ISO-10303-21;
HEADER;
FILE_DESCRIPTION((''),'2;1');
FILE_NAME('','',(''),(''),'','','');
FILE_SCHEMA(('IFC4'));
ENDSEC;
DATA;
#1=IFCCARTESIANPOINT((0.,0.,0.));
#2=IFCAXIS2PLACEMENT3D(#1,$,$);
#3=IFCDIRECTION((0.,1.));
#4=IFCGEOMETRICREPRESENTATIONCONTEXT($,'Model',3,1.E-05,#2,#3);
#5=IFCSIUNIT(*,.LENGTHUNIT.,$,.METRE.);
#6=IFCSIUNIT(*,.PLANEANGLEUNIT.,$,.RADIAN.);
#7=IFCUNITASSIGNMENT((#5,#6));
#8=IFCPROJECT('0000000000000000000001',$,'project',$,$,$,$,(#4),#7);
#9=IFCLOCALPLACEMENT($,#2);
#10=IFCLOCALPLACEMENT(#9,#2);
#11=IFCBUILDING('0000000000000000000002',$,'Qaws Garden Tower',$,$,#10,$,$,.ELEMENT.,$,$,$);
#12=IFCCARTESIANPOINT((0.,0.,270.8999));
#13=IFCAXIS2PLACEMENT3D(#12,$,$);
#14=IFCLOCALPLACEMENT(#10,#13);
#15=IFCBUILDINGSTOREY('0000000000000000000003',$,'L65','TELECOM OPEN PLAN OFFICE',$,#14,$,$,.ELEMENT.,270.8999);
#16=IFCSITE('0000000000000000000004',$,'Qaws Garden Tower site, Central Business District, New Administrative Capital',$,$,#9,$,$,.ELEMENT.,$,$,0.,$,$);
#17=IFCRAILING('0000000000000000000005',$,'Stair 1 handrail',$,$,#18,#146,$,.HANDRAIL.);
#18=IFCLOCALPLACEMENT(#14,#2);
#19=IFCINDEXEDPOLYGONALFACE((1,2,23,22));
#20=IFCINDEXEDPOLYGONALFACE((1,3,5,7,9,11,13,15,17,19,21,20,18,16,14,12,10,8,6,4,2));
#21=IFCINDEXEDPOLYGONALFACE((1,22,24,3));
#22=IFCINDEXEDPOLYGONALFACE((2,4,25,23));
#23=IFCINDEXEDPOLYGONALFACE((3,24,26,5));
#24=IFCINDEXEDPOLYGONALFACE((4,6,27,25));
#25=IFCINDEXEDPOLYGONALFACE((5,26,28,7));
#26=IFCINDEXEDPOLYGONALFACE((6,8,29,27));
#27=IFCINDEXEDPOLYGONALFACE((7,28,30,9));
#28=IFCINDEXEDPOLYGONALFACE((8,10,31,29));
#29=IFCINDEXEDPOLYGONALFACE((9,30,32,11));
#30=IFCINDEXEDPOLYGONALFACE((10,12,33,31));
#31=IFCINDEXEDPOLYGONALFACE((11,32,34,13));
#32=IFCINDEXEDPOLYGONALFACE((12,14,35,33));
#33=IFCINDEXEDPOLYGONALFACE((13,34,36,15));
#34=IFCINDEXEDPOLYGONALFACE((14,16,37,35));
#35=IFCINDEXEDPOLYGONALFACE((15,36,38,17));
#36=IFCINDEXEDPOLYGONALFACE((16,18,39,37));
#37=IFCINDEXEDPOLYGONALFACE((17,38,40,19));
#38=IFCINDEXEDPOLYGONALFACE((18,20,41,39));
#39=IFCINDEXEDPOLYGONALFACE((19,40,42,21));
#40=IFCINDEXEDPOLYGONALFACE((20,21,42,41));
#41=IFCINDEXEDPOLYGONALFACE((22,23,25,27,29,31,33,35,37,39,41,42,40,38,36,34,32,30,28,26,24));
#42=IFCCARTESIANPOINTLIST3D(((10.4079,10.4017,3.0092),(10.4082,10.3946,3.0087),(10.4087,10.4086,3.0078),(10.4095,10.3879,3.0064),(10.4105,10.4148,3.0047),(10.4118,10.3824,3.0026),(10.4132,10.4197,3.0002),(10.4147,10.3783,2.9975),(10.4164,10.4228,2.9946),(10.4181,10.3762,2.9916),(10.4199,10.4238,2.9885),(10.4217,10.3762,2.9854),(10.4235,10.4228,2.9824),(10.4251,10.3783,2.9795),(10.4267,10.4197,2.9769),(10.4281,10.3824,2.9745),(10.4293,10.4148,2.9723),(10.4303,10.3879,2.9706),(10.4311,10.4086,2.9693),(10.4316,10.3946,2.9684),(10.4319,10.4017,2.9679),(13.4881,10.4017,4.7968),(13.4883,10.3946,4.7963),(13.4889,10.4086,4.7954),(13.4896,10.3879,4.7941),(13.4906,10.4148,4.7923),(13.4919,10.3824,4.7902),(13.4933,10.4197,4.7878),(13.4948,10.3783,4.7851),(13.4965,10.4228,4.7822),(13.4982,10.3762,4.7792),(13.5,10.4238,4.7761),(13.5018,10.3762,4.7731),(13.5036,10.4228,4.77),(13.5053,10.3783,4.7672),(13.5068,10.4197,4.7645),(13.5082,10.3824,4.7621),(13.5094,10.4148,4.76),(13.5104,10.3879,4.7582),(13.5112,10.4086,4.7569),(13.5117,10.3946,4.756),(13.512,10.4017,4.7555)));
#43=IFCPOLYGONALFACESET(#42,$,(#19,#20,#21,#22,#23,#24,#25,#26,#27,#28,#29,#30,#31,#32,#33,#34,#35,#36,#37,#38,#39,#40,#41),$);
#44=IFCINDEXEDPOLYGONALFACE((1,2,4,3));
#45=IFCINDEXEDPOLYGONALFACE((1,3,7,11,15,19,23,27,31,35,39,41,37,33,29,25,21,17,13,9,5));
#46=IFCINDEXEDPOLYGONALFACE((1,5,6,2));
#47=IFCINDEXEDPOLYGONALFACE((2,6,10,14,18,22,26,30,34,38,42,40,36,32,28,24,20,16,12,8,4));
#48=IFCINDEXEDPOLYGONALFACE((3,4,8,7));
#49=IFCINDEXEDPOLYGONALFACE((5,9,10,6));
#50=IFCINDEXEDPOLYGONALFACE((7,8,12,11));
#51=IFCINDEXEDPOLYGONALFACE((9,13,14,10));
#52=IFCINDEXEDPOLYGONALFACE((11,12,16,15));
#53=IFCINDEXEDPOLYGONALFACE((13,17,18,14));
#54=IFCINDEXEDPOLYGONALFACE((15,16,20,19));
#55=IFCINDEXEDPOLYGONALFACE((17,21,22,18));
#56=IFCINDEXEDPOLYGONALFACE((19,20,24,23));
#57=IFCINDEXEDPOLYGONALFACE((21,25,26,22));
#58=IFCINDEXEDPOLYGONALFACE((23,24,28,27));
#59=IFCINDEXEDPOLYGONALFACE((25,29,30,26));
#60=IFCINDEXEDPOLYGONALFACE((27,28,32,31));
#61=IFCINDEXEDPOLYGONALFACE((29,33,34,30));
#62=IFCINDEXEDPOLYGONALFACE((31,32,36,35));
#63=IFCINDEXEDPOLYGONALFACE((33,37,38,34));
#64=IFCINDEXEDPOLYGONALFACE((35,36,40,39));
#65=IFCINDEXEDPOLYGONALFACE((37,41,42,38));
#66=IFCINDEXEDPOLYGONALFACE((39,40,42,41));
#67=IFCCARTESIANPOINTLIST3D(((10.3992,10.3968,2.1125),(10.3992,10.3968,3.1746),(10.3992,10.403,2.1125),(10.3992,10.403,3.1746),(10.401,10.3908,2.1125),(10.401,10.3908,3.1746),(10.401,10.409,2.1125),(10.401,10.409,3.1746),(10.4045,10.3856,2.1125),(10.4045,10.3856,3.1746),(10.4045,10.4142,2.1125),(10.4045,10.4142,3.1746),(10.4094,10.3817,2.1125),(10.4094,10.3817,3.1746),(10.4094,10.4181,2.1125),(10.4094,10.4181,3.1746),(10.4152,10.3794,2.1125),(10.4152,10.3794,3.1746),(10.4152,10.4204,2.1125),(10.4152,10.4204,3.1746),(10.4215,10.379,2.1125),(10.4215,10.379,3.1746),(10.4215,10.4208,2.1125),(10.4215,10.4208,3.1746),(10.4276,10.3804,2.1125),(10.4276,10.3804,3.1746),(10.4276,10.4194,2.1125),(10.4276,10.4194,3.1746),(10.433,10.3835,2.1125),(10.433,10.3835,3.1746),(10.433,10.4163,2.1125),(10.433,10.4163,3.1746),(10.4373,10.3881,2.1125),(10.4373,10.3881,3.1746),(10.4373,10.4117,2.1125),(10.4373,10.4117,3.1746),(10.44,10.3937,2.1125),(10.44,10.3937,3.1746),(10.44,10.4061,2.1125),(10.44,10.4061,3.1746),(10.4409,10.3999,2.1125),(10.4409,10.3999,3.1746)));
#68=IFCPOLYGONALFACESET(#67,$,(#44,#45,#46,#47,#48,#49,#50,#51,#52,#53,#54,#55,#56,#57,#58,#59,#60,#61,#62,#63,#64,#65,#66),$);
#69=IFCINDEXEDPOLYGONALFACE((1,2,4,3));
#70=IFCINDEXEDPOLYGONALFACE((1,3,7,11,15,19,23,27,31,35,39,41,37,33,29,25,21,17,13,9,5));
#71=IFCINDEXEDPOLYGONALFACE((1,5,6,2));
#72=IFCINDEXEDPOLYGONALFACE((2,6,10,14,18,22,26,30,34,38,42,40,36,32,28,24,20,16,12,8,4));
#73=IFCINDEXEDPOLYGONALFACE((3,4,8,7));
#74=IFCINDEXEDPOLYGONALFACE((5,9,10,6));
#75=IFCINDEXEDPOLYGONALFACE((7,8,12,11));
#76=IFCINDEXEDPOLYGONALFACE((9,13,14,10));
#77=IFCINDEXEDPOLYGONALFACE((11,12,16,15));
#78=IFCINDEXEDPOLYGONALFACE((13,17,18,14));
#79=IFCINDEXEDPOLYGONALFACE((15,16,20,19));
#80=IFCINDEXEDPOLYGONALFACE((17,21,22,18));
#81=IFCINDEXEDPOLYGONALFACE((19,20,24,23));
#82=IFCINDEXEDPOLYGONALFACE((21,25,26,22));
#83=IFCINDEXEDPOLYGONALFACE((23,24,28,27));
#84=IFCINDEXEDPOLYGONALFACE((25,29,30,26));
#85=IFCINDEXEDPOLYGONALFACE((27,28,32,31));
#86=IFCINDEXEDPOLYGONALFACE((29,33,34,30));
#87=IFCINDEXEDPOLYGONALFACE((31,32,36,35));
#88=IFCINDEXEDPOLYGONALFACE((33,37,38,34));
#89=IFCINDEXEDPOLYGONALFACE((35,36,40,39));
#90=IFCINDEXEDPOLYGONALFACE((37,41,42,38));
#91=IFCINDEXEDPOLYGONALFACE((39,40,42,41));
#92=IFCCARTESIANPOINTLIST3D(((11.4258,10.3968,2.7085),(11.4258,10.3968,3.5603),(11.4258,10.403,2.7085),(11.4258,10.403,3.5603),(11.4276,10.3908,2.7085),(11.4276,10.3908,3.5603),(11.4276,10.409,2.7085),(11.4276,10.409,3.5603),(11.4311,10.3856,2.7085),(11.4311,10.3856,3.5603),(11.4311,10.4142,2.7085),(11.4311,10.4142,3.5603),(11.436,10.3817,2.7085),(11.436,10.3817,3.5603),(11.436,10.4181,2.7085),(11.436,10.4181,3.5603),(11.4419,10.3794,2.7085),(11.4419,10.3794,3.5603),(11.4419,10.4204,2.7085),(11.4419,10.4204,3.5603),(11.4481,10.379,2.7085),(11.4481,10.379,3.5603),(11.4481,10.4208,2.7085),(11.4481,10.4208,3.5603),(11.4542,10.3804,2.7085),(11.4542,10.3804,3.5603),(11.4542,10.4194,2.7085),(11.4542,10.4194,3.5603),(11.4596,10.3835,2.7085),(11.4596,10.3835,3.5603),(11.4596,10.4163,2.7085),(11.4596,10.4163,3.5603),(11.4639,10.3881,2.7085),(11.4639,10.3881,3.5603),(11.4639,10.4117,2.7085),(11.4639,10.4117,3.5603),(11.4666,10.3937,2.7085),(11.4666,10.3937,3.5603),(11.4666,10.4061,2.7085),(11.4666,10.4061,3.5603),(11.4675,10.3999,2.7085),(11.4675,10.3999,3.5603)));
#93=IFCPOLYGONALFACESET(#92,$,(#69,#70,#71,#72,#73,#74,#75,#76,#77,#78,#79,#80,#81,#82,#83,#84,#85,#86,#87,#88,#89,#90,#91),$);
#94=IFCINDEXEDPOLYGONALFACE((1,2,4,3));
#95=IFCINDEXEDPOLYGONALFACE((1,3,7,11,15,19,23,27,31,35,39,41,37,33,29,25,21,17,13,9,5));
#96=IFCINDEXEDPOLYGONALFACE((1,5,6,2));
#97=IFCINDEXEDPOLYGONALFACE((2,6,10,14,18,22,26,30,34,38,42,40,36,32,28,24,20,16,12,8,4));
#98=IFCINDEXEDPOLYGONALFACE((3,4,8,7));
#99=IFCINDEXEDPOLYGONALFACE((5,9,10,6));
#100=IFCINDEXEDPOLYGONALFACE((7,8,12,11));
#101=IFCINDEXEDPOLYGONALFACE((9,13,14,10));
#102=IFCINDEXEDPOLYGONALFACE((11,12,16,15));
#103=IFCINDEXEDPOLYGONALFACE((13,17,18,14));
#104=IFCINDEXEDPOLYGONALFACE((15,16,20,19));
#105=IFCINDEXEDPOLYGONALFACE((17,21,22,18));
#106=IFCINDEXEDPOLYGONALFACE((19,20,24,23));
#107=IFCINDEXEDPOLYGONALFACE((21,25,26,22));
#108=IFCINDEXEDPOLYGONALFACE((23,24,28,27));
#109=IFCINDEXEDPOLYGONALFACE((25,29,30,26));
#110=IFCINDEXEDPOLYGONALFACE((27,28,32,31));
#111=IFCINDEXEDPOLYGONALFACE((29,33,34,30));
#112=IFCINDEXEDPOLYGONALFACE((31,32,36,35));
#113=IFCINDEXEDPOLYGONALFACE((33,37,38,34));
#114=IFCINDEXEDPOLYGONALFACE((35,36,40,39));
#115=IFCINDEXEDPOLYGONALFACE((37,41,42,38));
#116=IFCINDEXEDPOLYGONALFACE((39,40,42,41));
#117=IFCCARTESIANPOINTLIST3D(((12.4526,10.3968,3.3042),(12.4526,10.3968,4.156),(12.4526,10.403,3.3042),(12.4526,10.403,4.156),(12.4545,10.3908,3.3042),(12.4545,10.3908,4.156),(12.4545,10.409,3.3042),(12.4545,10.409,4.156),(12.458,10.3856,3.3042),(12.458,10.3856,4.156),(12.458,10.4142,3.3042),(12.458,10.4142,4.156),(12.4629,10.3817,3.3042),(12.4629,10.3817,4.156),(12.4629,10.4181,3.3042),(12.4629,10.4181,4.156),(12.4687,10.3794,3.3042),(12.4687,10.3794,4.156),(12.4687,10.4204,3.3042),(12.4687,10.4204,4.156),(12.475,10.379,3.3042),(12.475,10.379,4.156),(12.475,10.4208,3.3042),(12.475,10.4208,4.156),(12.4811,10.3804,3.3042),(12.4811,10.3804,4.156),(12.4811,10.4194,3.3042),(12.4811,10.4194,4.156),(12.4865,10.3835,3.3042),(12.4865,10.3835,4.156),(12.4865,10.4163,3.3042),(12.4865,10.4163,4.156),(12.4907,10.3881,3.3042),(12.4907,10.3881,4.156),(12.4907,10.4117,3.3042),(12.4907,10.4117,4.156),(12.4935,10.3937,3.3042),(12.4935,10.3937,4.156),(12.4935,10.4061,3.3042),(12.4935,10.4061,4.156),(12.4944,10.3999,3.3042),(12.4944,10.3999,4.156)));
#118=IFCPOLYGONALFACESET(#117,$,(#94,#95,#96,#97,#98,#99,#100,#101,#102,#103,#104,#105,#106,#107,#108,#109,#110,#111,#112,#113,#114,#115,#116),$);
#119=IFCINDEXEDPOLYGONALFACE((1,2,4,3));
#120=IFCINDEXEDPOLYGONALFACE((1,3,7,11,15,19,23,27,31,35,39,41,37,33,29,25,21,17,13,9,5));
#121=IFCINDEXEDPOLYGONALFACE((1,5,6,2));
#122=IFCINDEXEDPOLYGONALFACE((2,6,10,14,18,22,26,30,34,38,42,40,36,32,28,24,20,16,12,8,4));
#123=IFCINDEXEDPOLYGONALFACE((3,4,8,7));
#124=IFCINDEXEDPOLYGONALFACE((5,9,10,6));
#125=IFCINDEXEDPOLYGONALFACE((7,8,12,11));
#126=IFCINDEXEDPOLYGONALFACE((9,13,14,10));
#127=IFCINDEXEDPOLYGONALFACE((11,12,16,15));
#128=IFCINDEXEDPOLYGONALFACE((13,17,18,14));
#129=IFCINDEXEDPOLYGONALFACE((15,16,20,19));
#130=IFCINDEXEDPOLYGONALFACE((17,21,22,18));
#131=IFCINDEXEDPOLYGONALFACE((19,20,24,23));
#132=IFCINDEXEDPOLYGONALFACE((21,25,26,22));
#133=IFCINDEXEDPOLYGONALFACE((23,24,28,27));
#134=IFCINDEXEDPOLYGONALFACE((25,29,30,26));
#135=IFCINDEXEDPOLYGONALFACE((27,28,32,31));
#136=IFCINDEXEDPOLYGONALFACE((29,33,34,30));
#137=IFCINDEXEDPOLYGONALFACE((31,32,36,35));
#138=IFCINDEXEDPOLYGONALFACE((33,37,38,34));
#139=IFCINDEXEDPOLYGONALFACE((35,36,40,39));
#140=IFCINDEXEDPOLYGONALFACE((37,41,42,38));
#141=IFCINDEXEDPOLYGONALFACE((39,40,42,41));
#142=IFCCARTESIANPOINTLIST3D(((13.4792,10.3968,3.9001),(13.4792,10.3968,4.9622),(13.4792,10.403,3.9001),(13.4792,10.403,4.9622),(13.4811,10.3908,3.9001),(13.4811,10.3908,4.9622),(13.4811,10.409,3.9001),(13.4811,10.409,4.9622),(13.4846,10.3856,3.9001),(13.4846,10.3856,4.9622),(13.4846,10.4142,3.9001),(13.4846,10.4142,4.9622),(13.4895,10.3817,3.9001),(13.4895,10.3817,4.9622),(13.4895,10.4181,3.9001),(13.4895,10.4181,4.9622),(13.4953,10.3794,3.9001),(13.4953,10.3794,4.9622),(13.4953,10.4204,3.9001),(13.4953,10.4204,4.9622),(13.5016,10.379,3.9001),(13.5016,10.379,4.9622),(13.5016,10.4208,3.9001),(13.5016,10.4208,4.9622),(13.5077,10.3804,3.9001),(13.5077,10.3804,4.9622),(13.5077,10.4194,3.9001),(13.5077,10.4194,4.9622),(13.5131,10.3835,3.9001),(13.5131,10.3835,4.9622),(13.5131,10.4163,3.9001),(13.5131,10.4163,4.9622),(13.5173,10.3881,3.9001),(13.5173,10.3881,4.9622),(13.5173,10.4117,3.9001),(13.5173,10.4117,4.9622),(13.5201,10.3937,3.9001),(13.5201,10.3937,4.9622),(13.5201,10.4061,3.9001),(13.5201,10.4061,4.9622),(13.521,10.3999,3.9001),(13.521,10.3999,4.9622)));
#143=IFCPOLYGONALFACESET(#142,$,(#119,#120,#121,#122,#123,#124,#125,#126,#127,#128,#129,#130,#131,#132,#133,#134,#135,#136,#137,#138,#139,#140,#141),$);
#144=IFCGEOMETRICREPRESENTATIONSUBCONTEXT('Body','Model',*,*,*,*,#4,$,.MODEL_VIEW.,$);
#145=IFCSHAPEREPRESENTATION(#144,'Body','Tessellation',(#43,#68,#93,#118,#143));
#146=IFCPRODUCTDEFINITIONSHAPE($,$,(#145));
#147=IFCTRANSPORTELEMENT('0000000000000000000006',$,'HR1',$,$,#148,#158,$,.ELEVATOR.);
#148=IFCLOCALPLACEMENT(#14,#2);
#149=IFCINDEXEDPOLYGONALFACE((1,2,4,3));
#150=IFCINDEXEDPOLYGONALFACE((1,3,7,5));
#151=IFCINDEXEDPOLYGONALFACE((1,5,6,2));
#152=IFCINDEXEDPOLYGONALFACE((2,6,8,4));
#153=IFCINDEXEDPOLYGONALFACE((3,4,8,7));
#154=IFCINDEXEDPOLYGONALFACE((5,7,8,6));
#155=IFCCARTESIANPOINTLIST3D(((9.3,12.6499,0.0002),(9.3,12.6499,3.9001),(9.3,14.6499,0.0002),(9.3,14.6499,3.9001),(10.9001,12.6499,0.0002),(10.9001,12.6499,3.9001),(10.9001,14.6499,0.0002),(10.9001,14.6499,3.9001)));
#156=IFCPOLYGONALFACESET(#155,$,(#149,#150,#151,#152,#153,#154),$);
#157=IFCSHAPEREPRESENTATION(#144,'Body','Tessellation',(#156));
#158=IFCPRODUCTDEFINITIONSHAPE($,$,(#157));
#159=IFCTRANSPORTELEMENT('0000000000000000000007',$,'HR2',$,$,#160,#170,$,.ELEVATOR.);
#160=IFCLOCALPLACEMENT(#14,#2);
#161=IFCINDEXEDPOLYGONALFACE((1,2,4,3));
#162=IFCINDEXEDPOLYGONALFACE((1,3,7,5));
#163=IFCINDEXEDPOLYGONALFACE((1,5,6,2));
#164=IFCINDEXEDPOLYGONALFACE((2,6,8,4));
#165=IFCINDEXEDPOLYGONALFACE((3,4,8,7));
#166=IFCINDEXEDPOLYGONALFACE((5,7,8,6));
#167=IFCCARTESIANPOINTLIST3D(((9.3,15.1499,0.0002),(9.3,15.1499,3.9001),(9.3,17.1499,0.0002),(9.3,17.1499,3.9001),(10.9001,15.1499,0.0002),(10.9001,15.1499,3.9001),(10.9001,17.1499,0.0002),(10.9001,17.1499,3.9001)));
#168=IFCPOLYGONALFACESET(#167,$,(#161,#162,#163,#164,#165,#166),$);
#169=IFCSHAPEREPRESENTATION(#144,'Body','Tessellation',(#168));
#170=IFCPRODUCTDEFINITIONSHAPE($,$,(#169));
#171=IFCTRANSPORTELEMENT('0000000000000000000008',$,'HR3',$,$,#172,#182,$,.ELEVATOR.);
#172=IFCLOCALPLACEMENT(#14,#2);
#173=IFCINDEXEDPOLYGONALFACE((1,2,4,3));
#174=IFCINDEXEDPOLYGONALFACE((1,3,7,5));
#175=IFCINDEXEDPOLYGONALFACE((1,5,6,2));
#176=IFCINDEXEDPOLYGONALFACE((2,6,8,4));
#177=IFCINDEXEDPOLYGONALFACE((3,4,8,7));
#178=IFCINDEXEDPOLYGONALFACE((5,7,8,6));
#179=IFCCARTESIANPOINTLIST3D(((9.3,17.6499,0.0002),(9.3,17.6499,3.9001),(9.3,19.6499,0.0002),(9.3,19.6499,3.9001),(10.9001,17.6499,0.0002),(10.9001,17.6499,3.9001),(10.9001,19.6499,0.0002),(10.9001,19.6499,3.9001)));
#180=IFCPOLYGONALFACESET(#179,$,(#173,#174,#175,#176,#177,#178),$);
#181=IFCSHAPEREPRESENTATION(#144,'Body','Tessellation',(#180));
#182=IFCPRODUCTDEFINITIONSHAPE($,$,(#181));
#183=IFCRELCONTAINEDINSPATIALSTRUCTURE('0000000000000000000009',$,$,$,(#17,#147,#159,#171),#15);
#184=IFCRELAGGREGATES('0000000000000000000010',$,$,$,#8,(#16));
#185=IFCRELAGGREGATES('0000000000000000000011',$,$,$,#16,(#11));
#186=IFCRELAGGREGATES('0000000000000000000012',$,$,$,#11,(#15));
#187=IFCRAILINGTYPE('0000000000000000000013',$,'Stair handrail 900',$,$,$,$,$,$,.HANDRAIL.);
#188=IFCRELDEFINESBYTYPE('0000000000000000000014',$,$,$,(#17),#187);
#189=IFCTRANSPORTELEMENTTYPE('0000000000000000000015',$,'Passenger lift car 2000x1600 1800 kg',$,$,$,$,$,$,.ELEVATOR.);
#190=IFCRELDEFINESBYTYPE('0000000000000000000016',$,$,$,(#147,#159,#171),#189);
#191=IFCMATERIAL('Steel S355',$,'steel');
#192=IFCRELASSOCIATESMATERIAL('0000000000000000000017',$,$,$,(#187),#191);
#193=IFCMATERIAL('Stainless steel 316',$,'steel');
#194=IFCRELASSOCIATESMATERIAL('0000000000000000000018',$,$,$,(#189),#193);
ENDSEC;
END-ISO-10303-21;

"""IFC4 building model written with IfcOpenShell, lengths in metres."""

from ifc_helpers import new_model, si_unit, direction, frame, origin, origin_2d, place, context, subcontext, project, spatial, rectangle, circle, extrude, material, type_object, element, save


model = new_model("IFC4")

# Units and contexts
model_context = context("Model", 3, precision=1e-05, world=origin(), true_north=direction((0.0, 1.0)))
body_context = subcontext(model_context, "Body", "Model", "MODEL_VIEW")
ifc_project = project(units=[si_unit("LENGTHUNIT", "METRE"), si_unit("PLANEANGLEUNIT", "RADIAN")], contexts=[model_context])

# Site, building, storey
site_placement = place(None, origin())
site = spatial("IfcSite", under=ifc_project, at=site_placement, Name="Qaws Garden Tower site, Central Business District, New Administrative Capital", CompositionType="ELEMENT", RefElevation=0.0)
building_placement = place(site_placement, origin())
building = spatial("IfcBuilding", under=site, at=building_placement, Name="Qaws Garden Tower", CompositionType="ELEMENT")
storey_placement = place(building_placement, frame((0.0, 0.0, 270.8999)))
storey = spatial("IfcBuildingStorey", under=building, at=storey_placement, Name="L65", Description="TELECOM OPEN PLAN OFFICE", CompositionType="ELEMENT", Elevation=270.8999)

# Railing
ifc_material_1 = material(Name="Steel S355", Category="steel")
railing_type = type_object("IfcRailingType", Name="Stair handrail 900", PredefinedType="HANDRAIL", material=ifc_material_1)
railing_placement = place(storey_placement, frame((10.4199, 10.3999, 2.1125)))
element("IfcRailing", 1, at=railing_placement, inside=storey, type_object=railing_type, Name="Stair 1 handrail", PredefinedType="HANDRAIL", context=body_context, shape_type="SweptSolid", body=[
    extrude(circle(Radius=0.0239, at=origin_2d()), frame((0.0, 0.0, 0.876), z_axis=(0.864891, 0.0, 0.50196), x_axis=(0.0, 1.0, 0.0)), (0.0, 0.0, 1.0), 3.5613),
    extrude(circle(Radius=0.021, at=origin_2d()), origin(), (0.0, 0.0, 1.0), 1.062),
    extrude(circle(Radius=0.021, at=origin_2d()), frame((1.0266, 0.0, 0.5959)), (0.0, 0.0, 1.0), 0.8518),
    extrude(circle(Radius=0.021, at=origin_2d()), frame((2.0535, 0.0, 1.1917)), (0.0, 0.0, 1.0), 0.8518),
    extrude(circle(Radius=0.021, at=origin_2d()), frame((3.0801, 0.0, 1.7876)), (0.0, 0.0, 1.0), 1.062),
])

# Transport elements
ifc_material_2 = material(Name="Stainless steel 316", Category="steel")
transport_element_type = type_object("IfcTransportElementType", Name="Passenger lift car 2000x1600 1800 kg", PredefinedType="ELEVATOR", material=ifc_material_2)
for number, where, z_axis, x_axis, name in (
    (2, (10.1001, 13.6499, 0.0002), (0.0, 0.0, 1.0), (1.0, 0.0, 0.0), "HR1"),
    (3, (10.1001, 16.1499, 0.0002), (0.0, 0.0, 1.0), (1.0, 0.0, 0.0), "HR2"),
    (4, (10.1001, 18.6499, 0.0002), (0.0, 0.0, 1.0), (1.0, 0.0, 0.0), "HR3"),
):
    element("IfcTransportElement", number, at=place(storey_placement, frame(where, z_axis=z_axis, x_axis=x_axis)), inside=storey, type_object=transport_element_type, Name=name, PredefinedType="ELEVATOR", context=body_context, shape_type="SweptSolid", body=[
        extrude(rectangle(XDim=1.6001, YDim=2.0, at=origin_2d()), origin(), (0.0, 0.0, 1.0), 3.8999),
    ])

save(model, "model.ifc")
